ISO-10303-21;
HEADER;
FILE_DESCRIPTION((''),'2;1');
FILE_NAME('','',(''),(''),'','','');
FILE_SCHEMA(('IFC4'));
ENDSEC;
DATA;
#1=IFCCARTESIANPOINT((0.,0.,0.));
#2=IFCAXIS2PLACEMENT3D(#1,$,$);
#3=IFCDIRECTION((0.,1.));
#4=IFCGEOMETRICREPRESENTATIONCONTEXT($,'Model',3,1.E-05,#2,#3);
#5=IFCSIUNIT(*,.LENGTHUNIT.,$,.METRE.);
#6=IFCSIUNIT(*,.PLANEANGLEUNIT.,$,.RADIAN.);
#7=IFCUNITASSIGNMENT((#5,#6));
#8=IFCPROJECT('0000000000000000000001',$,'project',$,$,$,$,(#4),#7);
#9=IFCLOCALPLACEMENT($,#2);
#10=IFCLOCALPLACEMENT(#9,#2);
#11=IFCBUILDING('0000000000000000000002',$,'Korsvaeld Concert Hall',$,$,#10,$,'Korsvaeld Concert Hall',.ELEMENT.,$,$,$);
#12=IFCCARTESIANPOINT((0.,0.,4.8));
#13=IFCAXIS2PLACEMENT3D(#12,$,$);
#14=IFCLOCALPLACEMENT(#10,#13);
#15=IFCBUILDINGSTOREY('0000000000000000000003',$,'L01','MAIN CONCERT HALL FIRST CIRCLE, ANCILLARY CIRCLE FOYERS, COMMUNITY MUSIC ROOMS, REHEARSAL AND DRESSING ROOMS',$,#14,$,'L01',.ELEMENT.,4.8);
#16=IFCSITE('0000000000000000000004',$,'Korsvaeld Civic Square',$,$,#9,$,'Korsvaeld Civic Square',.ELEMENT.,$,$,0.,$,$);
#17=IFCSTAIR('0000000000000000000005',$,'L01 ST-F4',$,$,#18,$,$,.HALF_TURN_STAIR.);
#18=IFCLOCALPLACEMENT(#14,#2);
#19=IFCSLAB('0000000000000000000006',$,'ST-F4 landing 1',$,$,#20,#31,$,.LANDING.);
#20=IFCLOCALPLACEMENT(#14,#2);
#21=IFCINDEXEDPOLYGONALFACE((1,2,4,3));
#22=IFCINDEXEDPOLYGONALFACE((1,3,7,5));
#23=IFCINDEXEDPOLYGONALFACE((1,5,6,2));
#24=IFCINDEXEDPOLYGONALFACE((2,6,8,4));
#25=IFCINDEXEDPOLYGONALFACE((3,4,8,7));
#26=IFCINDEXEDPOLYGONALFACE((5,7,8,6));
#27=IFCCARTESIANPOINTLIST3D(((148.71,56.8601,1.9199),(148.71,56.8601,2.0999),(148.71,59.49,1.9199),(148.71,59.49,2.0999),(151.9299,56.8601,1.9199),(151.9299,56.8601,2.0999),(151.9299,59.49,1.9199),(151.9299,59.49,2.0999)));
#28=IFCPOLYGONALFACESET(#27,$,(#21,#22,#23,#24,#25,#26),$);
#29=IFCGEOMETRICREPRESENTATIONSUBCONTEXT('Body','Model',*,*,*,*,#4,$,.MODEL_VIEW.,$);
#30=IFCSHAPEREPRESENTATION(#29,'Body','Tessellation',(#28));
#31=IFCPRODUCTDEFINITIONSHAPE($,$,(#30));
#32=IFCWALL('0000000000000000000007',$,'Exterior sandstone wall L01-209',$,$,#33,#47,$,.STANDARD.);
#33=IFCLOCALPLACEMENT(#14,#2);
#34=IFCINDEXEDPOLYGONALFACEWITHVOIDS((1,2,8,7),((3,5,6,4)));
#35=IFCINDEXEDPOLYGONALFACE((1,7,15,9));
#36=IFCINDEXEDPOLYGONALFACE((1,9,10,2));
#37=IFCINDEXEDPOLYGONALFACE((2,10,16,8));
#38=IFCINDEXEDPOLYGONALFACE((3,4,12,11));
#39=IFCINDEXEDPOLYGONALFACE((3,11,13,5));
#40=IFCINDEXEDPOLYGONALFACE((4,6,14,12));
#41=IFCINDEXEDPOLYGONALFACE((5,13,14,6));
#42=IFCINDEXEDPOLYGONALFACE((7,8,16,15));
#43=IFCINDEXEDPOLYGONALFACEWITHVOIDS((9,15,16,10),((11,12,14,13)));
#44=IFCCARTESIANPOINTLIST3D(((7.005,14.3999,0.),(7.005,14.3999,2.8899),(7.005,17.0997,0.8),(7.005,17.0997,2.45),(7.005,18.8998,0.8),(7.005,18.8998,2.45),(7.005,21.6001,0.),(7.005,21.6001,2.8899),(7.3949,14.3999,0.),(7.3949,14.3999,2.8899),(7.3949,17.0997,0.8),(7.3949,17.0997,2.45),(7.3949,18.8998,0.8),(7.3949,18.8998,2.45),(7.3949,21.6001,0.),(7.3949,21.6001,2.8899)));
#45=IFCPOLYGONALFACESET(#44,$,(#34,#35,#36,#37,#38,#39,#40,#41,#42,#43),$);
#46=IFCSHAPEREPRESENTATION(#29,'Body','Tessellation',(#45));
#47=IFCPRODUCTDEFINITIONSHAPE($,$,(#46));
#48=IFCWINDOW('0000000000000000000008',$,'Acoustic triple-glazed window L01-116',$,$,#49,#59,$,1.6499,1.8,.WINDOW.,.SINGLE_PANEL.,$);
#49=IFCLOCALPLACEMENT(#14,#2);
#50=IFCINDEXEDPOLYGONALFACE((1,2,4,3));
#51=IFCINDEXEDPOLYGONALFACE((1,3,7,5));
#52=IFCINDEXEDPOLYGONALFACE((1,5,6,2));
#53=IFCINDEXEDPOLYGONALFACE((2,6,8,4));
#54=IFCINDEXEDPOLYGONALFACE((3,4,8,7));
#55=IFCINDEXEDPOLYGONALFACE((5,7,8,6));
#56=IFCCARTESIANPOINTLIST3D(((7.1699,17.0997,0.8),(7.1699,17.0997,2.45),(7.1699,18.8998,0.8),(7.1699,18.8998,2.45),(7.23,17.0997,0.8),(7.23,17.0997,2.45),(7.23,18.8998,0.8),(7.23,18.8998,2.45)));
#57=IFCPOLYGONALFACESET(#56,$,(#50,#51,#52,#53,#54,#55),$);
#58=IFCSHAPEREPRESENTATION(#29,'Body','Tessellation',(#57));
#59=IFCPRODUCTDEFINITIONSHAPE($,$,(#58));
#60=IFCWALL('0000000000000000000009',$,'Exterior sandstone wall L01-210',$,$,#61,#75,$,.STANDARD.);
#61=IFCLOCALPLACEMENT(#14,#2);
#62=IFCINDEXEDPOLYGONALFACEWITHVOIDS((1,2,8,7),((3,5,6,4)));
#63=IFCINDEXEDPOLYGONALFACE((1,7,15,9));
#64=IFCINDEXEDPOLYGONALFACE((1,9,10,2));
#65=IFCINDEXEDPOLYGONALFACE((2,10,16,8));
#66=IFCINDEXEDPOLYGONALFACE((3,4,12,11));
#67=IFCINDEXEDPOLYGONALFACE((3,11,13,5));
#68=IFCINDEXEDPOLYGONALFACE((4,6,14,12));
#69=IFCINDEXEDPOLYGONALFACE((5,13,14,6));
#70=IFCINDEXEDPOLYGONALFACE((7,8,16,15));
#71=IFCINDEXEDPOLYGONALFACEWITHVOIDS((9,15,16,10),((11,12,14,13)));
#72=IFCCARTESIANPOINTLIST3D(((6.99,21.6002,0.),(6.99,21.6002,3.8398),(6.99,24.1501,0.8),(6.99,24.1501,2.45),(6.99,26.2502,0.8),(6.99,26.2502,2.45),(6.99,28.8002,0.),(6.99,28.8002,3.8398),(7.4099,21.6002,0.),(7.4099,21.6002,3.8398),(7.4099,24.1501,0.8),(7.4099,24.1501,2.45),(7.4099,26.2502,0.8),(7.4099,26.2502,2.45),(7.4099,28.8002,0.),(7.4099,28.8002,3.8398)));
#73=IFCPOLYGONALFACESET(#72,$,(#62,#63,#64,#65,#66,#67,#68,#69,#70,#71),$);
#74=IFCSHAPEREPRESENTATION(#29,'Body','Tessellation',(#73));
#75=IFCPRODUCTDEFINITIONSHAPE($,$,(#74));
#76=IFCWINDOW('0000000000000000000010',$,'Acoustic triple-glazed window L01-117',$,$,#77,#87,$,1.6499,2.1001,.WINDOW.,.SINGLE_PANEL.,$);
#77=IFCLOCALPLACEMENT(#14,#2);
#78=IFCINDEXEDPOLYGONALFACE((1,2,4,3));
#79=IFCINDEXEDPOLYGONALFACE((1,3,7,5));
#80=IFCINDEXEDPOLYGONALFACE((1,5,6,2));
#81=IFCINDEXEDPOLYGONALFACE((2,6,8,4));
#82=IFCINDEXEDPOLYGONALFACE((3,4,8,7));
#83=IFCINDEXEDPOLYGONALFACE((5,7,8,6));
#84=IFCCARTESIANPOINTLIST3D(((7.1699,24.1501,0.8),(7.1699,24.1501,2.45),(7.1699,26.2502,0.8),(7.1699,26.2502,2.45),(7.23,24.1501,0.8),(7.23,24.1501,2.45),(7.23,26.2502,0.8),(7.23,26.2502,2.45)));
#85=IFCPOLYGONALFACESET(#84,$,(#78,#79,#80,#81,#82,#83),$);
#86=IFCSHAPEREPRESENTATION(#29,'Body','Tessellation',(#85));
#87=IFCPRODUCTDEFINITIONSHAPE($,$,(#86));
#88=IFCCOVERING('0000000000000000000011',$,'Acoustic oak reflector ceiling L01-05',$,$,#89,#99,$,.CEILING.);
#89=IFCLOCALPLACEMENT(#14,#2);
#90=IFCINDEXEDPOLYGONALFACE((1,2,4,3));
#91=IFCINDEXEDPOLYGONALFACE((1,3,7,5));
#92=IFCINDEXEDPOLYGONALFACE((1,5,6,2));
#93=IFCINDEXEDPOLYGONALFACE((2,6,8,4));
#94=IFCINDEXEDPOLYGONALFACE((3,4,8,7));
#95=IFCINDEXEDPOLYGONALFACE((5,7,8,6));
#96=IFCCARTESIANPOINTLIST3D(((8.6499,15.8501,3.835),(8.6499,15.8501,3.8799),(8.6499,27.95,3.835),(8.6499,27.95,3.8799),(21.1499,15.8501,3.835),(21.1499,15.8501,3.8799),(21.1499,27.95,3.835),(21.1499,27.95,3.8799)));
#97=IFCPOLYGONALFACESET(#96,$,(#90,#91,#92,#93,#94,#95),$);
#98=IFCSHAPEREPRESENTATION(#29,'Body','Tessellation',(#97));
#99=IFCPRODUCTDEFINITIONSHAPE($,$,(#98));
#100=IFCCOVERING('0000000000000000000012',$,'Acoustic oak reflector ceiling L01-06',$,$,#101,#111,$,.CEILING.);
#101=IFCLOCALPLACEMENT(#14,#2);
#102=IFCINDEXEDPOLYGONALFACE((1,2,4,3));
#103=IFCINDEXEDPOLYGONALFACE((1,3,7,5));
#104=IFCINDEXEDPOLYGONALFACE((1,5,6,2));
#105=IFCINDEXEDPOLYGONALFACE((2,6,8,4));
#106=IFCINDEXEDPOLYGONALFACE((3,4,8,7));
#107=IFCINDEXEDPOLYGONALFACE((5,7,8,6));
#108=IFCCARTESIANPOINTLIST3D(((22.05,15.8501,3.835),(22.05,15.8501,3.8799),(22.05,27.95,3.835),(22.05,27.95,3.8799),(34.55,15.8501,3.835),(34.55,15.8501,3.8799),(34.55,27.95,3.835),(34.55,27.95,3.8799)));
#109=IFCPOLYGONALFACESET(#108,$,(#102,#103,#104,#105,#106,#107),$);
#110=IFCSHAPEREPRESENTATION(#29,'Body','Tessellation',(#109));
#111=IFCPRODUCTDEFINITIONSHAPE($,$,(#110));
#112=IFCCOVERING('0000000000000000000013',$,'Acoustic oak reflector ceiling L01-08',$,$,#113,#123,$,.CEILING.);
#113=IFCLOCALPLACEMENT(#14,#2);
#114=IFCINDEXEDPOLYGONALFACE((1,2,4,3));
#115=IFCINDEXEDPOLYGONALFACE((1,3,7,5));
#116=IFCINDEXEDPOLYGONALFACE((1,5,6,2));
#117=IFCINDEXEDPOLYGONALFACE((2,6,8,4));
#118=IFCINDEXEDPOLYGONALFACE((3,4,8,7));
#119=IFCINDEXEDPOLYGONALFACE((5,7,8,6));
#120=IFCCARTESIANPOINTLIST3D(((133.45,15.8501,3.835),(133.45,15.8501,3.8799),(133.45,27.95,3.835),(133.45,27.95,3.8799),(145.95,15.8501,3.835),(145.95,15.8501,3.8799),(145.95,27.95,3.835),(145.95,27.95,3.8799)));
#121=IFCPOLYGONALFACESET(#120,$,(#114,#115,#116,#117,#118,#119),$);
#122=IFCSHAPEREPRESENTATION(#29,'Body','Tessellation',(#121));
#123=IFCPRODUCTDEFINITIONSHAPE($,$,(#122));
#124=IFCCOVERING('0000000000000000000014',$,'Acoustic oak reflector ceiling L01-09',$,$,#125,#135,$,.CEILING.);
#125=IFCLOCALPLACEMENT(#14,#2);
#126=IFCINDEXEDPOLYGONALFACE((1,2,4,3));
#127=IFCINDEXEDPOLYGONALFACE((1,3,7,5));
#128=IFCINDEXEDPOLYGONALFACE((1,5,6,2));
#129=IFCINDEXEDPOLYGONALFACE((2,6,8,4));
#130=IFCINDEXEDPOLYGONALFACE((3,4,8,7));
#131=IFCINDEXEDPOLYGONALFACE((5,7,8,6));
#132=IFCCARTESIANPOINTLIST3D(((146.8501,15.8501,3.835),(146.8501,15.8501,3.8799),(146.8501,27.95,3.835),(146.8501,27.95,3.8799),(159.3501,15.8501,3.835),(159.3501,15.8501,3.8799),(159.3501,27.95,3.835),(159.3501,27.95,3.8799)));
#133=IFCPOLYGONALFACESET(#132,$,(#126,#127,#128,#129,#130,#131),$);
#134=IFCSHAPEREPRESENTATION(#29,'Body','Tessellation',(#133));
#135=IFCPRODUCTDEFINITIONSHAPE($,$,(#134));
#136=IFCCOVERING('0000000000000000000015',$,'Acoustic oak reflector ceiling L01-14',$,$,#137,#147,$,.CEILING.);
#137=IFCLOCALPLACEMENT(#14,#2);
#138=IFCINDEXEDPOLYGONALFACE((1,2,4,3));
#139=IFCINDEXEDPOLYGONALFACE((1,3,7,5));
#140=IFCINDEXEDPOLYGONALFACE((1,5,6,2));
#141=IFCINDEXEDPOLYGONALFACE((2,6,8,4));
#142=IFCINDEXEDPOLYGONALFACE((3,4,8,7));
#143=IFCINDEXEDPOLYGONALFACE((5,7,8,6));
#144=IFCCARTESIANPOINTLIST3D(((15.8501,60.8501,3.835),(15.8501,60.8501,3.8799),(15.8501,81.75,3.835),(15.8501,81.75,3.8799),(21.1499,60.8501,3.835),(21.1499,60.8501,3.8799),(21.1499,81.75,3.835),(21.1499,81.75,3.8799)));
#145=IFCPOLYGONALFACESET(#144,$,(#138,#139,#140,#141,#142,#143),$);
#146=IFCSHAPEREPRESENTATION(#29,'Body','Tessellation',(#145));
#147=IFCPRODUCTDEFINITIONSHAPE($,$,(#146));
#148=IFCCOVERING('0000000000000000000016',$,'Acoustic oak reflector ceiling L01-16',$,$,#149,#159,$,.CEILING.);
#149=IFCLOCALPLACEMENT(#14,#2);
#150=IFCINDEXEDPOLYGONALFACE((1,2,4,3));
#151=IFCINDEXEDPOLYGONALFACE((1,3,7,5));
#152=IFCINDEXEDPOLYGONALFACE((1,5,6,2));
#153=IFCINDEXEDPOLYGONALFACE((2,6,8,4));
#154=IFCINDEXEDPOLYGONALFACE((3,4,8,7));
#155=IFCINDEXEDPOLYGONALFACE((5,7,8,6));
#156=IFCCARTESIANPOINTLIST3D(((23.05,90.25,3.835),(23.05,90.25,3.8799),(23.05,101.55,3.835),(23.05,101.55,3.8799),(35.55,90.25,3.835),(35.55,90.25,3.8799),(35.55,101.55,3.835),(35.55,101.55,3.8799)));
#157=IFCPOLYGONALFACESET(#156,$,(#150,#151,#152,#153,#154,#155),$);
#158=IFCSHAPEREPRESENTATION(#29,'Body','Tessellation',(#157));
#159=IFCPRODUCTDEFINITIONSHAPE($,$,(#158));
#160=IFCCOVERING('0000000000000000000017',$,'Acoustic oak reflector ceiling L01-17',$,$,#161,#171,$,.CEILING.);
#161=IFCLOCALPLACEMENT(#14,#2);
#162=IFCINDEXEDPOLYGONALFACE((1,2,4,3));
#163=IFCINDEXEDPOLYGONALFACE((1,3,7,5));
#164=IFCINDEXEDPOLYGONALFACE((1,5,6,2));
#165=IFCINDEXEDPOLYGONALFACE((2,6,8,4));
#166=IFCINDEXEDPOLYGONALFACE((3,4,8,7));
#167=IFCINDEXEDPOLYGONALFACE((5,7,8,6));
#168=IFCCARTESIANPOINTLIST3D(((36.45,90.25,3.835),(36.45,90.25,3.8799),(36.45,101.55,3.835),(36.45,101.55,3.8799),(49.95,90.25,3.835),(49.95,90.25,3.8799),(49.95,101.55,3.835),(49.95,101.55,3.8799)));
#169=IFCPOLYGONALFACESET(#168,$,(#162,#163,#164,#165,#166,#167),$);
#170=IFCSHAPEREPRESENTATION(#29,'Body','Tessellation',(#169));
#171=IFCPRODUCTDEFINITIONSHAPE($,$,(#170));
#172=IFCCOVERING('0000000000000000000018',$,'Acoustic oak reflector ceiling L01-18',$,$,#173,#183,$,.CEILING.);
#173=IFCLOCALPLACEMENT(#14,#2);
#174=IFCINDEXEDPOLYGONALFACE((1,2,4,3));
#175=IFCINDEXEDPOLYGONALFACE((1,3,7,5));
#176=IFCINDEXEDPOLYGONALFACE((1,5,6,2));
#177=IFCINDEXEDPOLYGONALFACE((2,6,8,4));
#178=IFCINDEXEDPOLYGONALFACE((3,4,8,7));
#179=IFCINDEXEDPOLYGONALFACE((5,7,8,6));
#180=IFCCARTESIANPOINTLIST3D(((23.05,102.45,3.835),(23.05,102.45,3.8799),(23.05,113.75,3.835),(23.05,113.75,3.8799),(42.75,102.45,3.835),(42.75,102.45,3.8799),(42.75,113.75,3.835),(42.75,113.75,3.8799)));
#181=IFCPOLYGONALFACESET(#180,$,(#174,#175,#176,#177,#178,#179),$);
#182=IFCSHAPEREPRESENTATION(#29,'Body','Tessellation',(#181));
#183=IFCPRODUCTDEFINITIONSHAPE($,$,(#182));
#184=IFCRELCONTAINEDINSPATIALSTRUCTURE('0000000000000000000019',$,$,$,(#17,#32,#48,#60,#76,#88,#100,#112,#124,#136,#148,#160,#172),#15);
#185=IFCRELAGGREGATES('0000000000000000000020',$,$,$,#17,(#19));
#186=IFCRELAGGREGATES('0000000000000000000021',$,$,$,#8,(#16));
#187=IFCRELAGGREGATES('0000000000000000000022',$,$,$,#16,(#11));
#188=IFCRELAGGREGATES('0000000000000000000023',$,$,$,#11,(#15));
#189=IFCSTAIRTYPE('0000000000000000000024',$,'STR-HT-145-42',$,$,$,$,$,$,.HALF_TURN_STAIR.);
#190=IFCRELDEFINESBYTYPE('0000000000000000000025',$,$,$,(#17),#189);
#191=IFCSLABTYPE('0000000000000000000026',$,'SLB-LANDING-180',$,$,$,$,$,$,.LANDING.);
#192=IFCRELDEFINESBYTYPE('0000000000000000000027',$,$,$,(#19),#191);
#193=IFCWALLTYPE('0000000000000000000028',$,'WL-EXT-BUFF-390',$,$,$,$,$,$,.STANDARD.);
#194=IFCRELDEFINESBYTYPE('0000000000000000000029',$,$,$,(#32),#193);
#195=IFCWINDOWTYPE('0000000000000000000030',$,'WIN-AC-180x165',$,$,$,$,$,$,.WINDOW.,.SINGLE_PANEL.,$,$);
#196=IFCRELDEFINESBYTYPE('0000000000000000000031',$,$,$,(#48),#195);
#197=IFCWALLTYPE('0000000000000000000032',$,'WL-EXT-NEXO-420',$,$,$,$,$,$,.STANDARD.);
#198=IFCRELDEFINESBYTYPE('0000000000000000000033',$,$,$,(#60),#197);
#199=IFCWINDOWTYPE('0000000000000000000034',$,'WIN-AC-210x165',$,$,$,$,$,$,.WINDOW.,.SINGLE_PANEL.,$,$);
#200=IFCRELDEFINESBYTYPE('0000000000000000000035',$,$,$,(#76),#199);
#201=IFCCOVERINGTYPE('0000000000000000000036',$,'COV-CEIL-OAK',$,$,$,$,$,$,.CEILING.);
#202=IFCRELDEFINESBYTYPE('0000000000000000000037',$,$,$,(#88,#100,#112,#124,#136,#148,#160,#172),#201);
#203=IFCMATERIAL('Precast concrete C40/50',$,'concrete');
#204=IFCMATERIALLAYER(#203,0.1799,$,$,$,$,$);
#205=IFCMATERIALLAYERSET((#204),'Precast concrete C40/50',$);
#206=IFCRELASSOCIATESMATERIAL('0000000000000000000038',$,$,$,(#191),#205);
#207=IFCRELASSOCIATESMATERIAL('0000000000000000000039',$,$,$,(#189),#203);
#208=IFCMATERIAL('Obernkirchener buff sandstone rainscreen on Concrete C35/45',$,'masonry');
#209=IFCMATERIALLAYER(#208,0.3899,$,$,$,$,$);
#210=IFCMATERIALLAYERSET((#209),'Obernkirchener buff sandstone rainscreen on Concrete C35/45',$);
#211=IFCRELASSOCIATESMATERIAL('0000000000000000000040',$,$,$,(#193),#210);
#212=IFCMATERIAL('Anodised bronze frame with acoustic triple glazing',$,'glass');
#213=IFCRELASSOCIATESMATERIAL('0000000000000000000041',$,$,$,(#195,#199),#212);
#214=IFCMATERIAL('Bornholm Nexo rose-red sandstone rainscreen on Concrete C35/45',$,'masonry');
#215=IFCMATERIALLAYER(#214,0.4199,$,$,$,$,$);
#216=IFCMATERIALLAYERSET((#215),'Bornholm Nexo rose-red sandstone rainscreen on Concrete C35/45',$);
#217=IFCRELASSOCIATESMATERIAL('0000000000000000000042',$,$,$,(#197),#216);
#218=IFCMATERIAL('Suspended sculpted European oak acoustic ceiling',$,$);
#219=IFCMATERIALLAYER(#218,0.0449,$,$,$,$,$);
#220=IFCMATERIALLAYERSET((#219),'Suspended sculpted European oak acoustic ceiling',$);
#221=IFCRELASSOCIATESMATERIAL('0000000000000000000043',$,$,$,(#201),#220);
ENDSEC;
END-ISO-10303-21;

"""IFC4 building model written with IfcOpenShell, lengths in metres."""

from ifc_helpers import new_model, si_unit, direction, frame, frame_2d, origin, place, context, subcontext, project, spatial, polyline, rectangle, outline, extrude, material, layer, layer_set, type_object, element, fill, aggregate, save


model = new_model("IFC4")

# Units and contexts
model_context = context("Model", 3, precision=1e-05, world=origin(), true_north=direction((0.0, 1.0)))
body_context = subcontext(model_context, "Body", "Model", "MODEL_VIEW")
ifc_project = project(units=[si_unit("LENGTHUNIT", "METRE"), si_unit("PLANEANGLEUNIT", "RADIAN")], contexts=[model_context])

# Site, building, storey
site_placement = place(None, origin())
site = spatial("IfcSite", under=ifc_project, at=site_placement, Name="Korsvaeld Civic Square", LongName="Korsvaeld Civic Square", CompositionType="ELEMENT", RefElevation=0.0)
building_placement = place(site_placement, origin())
building = spatial("IfcBuilding", under=site, at=building_placement, Name="Korsvaeld Concert Hall", LongName="Korsvaeld Concert Hall", CompositionType="ELEMENT")
storey_placement = place(building_placement, frame((0.0, 0.0, 4.8)))
storey = spatial("IfcBuildingStorey", under=building, at=storey_placement, Name="L01", Description="MAIN CONCERT HALL FIRST CIRCLE, ANCILLARY CIRCLE FOYERS, COMMUNITY MUSIC ROOMS, REHEARSAL AND DRESSING ROOMS", LongName="L01", CompositionType="ELEMENT", Elevation=4.8)

# Stair, slab
ifc_material_1 = material(Name="Precast concrete C40/50", Category="concrete")
ifc_layer_1 = layer(ifc_material_1, 0.1799)
ifc_layer_set_1 = layer_set([ifc_layer_1], Name="Precast concrete C40/50")
slab_type = type_object("IfcSlabType", Name="SLB-LANDING-180", PredefinedType="LANDING", material=ifc_layer_set_1)
stair_type_1 = type_object("IfcStairType", Name="STR-HT-145-42", PredefinedType="HALF_TURN_STAIR", material=ifc_material_1)
stair_1_placement = place(storey_placement, origin())
stair_1 = element("IfcStair", 1, at=stair_1_placement, inside=storey, type_object=stair_type_1, Name="L01 ST-F4", PredefinedType="HALF_TURN_STAIR")
slab_1_placement = place(storey_placement, frame((0.0, 0.0, 1.9199)))
slab_1 = element("IfcSlab", 2, at=slab_1_placement, type_object=slab_type, Name="ST-F4 landing 1", PredefinedType="LANDING", context=body_context, shape_type="SweptSolid", body=[
    extrude(outline(polyline([(151.9299, 56.8601), (148.71, 56.8601), (148.71, 59.49), (151.9299, 59.49), (151.9299, 56.8601)])), origin(), (0.0, 0.0, 1.0), 0.1799),
])
aggregate(stair_1, [slab_1])

# Walls, openings, windows
ifc_material_2 = material(Name="Obernkirchener buff sandstone rainscreen on Concrete C35/45", Category="masonry")
ifc_layer_2 = layer(ifc_material_2, 0.3899)
ifc_layer_set_2 = layer_set([ifc_layer_2], Name="Obernkirchener buff sandstone rainscreen on Concrete C35/45")
wall_type_1 = type_object("IfcWallType", Name="WL-EXT-BUFF-390", PredefinedType="STANDARD", material=ifc_layer_set_2)
wall_1_placement = place(storey_placement, frame((7.2, 14.3999, 0.0), z_axis=(0.0, 0.0, 1.0), x_axis=(0.0, 1.0, 0.0)))
wall_1 = element("IfcWall", 3, at=wall_1_placement, inside=storey, type_object=wall_type_1, Name="Exterior sandstone wall L01-209", PredefinedType="STANDARD", context=body_context, shape_type="SweptSolid", body=[
    extrude(rectangle(XDim=7.2002, YDim=0.3899, at=frame_2d((3.6001, 0.0))), origin(), (0.0, 0.0, 1.0), 2.8899),
])
opening_1_placement = place(wall_1_placement, frame((2.7, 0.0, 0.8)))
opening_1 = element("IfcOpeningElement", 4, at=opening_1_placement, cuts=wall_1, PredefinedType="OPENING", context=body_context, shape_type="SweptSolid", body=[
    extrude(rectangle(XDim=1.8, YDim=1.6499, at=frame_2d((0.8999, 0.825))), frame((0.0, 0.2051, 0.0), z_axis=(0.0, -1.0, 0.0), x_axis=(1.0, 0.0, 0.0)), (0.0, 0.0, 1.0), 0.4099),
])
ifc_material_3 = material(Name="Anodised bronze frame with acoustic triple glazing", Category="glass")
window_type_1 = type_object("IfcWindowType", Name="WIN-AC-180x165", PartitioningType="SINGLE_PANEL", PredefinedType="WINDOW", material=ifc_material_3)
window_1_placement = place(opening_1_placement, origin())
window_1 = element("IfcWindow", 5, at=window_1_placement, inside=storey, type_object=window_type_1, Name="Acoustic triple-glazed window L01-116", OverallHeight=1.6499, OverallWidth=1.8, PartitioningType="SINGLE_PANEL", PredefinedType="WINDOW", context=body_context, shape_type="SweptSolid", body=[
    extrude(rectangle(XDim=1.8, YDim=1.6499, at=frame_2d((0.8999, 0.825))), frame((0.0, 0.03, 0.0), z_axis=(0.0, -1.0, 0.0), x_axis=(1.0, 0.0, 0.0)), (0.0, 0.0, 1.0), 0.0601),
])
fill(opening_1, window_1)
ifc_material_4 = material(Name="Bornholm Nexo rose-red sandstone rainscreen on Concrete C35/45", Category="masonry")
ifc_layer_3 = layer(ifc_material_4, 0.4199)
ifc_layer_set_3 = layer_set([ifc_layer_3], Name="Bornholm Nexo rose-red sandstone rainscreen on Concrete C35/45")
wall_type_2 = type_object("IfcWallType", Name="WL-EXT-NEXO-420", PredefinedType="STANDARD", material=ifc_layer_set_3)
wall_2_placement = place(storey_placement, frame((7.2, 21.6001, 0.0), z_axis=(0.0, 0.0, 1.0), x_axis=(0.0, 1.0, 0.0)))
wall_2 = element("IfcWall", 6, at=wall_2_placement, inside=storey, type_object=wall_type_2, Name="Exterior sandstone wall L01-210", PredefinedType="STANDARD", context=body_context, shape_type="SweptSolid", body=[
    extrude(rectangle(XDim=7.2, YDim=0.4199, at=frame_2d((3.6001, 0.0))), origin(), (0.0, 0.0, 1.0), 3.8398),
])
opening_2_placement = place(wall_2_placement, frame((2.55, 0.0, 0.8)))
opening_2 = element("IfcOpeningElement", 7, at=opening_2_placement, cuts=wall_2, PredefinedType="OPENING", context=body_context, shape_type="SweptSolid", body=[
    extrude(rectangle(XDim=2.1001, YDim=1.6499, at=frame_2d((1.05, 0.825))), frame((0.0, 0.22, 0.0), z_axis=(0.0, -1.0, 0.0), x_axis=(1.0, 0.0, 0.0)), (0.0, 0.0, 1.0), 0.4399),
])
window_type_2 = type_object("IfcWindowType", Name="WIN-AC-210x165", PartitioningType="SINGLE_PANEL", PredefinedType="WINDOW", material=ifc_material_3)
window_2_placement = place(opening_2_placement, origin())
window_2 = element("IfcWindow", 8, at=window_2_placement, inside=storey, type_object=window_type_2, Name="Acoustic triple-glazed window L01-117", OverallHeight=1.6499, OverallWidth=2.1001, PartitioningType="SINGLE_PANEL", PredefinedType="WINDOW", context=body_context, shape_type="SweptSolid", body=[
    extrude(rectangle(XDim=2.1001, YDim=1.6499, at=frame_2d((1.05, 0.825))), frame((0.0, 0.03, 0.0), z_axis=(0.0, -1.0, 0.0), x_axis=(1.0, 0.0, 0.0)), (0.0, 0.0, 1.0), 0.0601),
])
fill(opening_2, window_2)

# Coverings
ifc_material_5 = material(Name="Suspended sculpted European oak acoustic ceiling")
ifc_layer_4 = layer(ifc_material_5, 0.0449)
ifc_layer_set_4 = layer_set([ifc_layer_4], Name="Suspended sculpted European oak acoustic ceiling")
covering_type_1 = type_object("IfcCoveringType", Name="COV-CEIL-OAK", PredefinedType="CEILING", material=ifc_layer_set_4)
covering_1_placement = place(storey_placement, frame((0.0, 0.0, 3.835)))
element("IfcCovering", 9, at=covering_1_placement, inside=storey, type_object=covering_type_1, Name="Acoustic oak reflector ceiling L01-05", PredefinedType="CEILING", context=body_context, shape_type="SweptSolid", body=[
    extrude(outline(polyline([(8.6499, 15.8501), (8.6499, 27.95), (21.1499, 27.95), (21.1499, 15.8501), (8.6499, 15.8501)])), origin(), (0.0, 0.0, 1.0), 0.0449),
])
covering_2_placement = place(storey_placement, frame((0.0, 0.0, 3.835)))
element("IfcCovering", 10, at=covering_2_placement, inside=storey, type_object=covering_type_1, Name="Acoustic oak reflector ceiling L01-06", PredefinedType="CEILING", context=body_context, shape_type="SweptSolid", body=[
    extrude(outline(polyline([(34.55, 27.95), (34.55, 15.8501), (22.05, 15.8501), (22.05, 27.95), (34.55, 27.95)])), origin(), (0.0, 0.0, 1.0), 0.0449),
])
covering_3_placement = place(storey_placement, frame((0.0, 0.0, 3.835)))
element("IfcCovering", 11, at=covering_3_placement, inside=storey, type_object=covering_type_1, Name="Acoustic oak reflector ceiling L01-08", PredefinedType="CEILING", context=body_context, shape_type="SweptSolid", body=[
    extrude(outline(polyline([(133.45, 15.8501), (133.45, 27.95), (145.95, 27.95), (145.95, 15.8501), (133.45, 15.8501)])), origin(), (0.0, 0.0, 1.0), 0.0449),
])
covering_4_placement = place(storey_placement, frame((0.0, 0.0, 3.835)))
element("IfcCovering", 12, at=covering_4_placement, inside=storey, type_object=covering_type_1, Name="Acoustic oak reflector ceiling L01-09", PredefinedType="CEILING", context=body_context, shape_type="SweptSolid", body=[
    extrude(outline(polyline([(159.3501, 27.95), (159.3501, 15.8501), (146.8501, 15.8501), (146.8501, 27.95), (159.3501, 27.95)])), origin(), (0.0, 0.0, 1.0), 0.0449),
])
covering_5_placement = place(storey_placement, frame((0.0, 0.0, 3.835)))
element("IfcCovering", 13, at=covering_5_placement, inside=storey, type_object=covering_type_1, Name="Acoustic oak reflector ceiling L01-14", PredefinedType="CEILING", context=body_context, shape_type="SweptSolid", body=[
    extrude(outline(polyline([(15.8501, 60.8501), (15.8501, 81.75), (21.1499, 81.75), (21.1499, 60.8501), (15.8501, 60.8501)])), origin(), (0.0, 0.0, 1.0), 0.0449),
])
covering_6_placement = place(storey_placement, frame((0.0, 0.0, 3.835)))
element("IfcCovering", 14, at=covering_6_placement, inside=storey, type_object=covering_type_1, Name="Acoustic oak reflector ceiling L01-16", PredefinedType="CEILING", context=body_context, shape_type="SweptSolid", body=[
    extrude(outline(polyline([(23.05, 101.55), (35.55, 101.55), (35.55, 90.25), (23.05, 90.25), (23.05, 101.55)])), origin(), (0.0, 0.0, 1.0), 0.0449),
])
covering_7_placement = place(storey_placement, frame((0.0, 0.0, 3.835)))
element("IfcCovering", 15, at=covering_7_placement, inside=storey, type_object=covering_type_1, Name="Acoustic oak reflector ceiling L01-17", PredefinedType="CEILING", context=body_context, shape_type="SweptSolid", body=[
    extrude(outline(polyline([(49.95, 101.55), (49.95, 90.25), (36.45, 90.25), (36.45, 101.55), (49.95, 101.55)])), origin(), (0.0, 0.0, 1.0), 0.0449),
])
covering_8_placement = place(storey_placement, frame((0.0, 0.0, 3.835)))
element("IfcCovering", 16, at=covering_8_placement, inside=storey, type_object=covering_type_1, Name="Acoustic oak reflector ceiling L01-18", PredefinedType="CEILING", context=body_context, shape_type="SweptSolid", body=[
    extrude(outline(polyline([(23.05, 113.75), (42.75, 113.75), (42.75, 102.45), (23.05, 102.45), (23.05, 113.75)])), origin(), (0.0, 0.0, 1.0), 0.0449),
])

save(model, "model.ifc")
